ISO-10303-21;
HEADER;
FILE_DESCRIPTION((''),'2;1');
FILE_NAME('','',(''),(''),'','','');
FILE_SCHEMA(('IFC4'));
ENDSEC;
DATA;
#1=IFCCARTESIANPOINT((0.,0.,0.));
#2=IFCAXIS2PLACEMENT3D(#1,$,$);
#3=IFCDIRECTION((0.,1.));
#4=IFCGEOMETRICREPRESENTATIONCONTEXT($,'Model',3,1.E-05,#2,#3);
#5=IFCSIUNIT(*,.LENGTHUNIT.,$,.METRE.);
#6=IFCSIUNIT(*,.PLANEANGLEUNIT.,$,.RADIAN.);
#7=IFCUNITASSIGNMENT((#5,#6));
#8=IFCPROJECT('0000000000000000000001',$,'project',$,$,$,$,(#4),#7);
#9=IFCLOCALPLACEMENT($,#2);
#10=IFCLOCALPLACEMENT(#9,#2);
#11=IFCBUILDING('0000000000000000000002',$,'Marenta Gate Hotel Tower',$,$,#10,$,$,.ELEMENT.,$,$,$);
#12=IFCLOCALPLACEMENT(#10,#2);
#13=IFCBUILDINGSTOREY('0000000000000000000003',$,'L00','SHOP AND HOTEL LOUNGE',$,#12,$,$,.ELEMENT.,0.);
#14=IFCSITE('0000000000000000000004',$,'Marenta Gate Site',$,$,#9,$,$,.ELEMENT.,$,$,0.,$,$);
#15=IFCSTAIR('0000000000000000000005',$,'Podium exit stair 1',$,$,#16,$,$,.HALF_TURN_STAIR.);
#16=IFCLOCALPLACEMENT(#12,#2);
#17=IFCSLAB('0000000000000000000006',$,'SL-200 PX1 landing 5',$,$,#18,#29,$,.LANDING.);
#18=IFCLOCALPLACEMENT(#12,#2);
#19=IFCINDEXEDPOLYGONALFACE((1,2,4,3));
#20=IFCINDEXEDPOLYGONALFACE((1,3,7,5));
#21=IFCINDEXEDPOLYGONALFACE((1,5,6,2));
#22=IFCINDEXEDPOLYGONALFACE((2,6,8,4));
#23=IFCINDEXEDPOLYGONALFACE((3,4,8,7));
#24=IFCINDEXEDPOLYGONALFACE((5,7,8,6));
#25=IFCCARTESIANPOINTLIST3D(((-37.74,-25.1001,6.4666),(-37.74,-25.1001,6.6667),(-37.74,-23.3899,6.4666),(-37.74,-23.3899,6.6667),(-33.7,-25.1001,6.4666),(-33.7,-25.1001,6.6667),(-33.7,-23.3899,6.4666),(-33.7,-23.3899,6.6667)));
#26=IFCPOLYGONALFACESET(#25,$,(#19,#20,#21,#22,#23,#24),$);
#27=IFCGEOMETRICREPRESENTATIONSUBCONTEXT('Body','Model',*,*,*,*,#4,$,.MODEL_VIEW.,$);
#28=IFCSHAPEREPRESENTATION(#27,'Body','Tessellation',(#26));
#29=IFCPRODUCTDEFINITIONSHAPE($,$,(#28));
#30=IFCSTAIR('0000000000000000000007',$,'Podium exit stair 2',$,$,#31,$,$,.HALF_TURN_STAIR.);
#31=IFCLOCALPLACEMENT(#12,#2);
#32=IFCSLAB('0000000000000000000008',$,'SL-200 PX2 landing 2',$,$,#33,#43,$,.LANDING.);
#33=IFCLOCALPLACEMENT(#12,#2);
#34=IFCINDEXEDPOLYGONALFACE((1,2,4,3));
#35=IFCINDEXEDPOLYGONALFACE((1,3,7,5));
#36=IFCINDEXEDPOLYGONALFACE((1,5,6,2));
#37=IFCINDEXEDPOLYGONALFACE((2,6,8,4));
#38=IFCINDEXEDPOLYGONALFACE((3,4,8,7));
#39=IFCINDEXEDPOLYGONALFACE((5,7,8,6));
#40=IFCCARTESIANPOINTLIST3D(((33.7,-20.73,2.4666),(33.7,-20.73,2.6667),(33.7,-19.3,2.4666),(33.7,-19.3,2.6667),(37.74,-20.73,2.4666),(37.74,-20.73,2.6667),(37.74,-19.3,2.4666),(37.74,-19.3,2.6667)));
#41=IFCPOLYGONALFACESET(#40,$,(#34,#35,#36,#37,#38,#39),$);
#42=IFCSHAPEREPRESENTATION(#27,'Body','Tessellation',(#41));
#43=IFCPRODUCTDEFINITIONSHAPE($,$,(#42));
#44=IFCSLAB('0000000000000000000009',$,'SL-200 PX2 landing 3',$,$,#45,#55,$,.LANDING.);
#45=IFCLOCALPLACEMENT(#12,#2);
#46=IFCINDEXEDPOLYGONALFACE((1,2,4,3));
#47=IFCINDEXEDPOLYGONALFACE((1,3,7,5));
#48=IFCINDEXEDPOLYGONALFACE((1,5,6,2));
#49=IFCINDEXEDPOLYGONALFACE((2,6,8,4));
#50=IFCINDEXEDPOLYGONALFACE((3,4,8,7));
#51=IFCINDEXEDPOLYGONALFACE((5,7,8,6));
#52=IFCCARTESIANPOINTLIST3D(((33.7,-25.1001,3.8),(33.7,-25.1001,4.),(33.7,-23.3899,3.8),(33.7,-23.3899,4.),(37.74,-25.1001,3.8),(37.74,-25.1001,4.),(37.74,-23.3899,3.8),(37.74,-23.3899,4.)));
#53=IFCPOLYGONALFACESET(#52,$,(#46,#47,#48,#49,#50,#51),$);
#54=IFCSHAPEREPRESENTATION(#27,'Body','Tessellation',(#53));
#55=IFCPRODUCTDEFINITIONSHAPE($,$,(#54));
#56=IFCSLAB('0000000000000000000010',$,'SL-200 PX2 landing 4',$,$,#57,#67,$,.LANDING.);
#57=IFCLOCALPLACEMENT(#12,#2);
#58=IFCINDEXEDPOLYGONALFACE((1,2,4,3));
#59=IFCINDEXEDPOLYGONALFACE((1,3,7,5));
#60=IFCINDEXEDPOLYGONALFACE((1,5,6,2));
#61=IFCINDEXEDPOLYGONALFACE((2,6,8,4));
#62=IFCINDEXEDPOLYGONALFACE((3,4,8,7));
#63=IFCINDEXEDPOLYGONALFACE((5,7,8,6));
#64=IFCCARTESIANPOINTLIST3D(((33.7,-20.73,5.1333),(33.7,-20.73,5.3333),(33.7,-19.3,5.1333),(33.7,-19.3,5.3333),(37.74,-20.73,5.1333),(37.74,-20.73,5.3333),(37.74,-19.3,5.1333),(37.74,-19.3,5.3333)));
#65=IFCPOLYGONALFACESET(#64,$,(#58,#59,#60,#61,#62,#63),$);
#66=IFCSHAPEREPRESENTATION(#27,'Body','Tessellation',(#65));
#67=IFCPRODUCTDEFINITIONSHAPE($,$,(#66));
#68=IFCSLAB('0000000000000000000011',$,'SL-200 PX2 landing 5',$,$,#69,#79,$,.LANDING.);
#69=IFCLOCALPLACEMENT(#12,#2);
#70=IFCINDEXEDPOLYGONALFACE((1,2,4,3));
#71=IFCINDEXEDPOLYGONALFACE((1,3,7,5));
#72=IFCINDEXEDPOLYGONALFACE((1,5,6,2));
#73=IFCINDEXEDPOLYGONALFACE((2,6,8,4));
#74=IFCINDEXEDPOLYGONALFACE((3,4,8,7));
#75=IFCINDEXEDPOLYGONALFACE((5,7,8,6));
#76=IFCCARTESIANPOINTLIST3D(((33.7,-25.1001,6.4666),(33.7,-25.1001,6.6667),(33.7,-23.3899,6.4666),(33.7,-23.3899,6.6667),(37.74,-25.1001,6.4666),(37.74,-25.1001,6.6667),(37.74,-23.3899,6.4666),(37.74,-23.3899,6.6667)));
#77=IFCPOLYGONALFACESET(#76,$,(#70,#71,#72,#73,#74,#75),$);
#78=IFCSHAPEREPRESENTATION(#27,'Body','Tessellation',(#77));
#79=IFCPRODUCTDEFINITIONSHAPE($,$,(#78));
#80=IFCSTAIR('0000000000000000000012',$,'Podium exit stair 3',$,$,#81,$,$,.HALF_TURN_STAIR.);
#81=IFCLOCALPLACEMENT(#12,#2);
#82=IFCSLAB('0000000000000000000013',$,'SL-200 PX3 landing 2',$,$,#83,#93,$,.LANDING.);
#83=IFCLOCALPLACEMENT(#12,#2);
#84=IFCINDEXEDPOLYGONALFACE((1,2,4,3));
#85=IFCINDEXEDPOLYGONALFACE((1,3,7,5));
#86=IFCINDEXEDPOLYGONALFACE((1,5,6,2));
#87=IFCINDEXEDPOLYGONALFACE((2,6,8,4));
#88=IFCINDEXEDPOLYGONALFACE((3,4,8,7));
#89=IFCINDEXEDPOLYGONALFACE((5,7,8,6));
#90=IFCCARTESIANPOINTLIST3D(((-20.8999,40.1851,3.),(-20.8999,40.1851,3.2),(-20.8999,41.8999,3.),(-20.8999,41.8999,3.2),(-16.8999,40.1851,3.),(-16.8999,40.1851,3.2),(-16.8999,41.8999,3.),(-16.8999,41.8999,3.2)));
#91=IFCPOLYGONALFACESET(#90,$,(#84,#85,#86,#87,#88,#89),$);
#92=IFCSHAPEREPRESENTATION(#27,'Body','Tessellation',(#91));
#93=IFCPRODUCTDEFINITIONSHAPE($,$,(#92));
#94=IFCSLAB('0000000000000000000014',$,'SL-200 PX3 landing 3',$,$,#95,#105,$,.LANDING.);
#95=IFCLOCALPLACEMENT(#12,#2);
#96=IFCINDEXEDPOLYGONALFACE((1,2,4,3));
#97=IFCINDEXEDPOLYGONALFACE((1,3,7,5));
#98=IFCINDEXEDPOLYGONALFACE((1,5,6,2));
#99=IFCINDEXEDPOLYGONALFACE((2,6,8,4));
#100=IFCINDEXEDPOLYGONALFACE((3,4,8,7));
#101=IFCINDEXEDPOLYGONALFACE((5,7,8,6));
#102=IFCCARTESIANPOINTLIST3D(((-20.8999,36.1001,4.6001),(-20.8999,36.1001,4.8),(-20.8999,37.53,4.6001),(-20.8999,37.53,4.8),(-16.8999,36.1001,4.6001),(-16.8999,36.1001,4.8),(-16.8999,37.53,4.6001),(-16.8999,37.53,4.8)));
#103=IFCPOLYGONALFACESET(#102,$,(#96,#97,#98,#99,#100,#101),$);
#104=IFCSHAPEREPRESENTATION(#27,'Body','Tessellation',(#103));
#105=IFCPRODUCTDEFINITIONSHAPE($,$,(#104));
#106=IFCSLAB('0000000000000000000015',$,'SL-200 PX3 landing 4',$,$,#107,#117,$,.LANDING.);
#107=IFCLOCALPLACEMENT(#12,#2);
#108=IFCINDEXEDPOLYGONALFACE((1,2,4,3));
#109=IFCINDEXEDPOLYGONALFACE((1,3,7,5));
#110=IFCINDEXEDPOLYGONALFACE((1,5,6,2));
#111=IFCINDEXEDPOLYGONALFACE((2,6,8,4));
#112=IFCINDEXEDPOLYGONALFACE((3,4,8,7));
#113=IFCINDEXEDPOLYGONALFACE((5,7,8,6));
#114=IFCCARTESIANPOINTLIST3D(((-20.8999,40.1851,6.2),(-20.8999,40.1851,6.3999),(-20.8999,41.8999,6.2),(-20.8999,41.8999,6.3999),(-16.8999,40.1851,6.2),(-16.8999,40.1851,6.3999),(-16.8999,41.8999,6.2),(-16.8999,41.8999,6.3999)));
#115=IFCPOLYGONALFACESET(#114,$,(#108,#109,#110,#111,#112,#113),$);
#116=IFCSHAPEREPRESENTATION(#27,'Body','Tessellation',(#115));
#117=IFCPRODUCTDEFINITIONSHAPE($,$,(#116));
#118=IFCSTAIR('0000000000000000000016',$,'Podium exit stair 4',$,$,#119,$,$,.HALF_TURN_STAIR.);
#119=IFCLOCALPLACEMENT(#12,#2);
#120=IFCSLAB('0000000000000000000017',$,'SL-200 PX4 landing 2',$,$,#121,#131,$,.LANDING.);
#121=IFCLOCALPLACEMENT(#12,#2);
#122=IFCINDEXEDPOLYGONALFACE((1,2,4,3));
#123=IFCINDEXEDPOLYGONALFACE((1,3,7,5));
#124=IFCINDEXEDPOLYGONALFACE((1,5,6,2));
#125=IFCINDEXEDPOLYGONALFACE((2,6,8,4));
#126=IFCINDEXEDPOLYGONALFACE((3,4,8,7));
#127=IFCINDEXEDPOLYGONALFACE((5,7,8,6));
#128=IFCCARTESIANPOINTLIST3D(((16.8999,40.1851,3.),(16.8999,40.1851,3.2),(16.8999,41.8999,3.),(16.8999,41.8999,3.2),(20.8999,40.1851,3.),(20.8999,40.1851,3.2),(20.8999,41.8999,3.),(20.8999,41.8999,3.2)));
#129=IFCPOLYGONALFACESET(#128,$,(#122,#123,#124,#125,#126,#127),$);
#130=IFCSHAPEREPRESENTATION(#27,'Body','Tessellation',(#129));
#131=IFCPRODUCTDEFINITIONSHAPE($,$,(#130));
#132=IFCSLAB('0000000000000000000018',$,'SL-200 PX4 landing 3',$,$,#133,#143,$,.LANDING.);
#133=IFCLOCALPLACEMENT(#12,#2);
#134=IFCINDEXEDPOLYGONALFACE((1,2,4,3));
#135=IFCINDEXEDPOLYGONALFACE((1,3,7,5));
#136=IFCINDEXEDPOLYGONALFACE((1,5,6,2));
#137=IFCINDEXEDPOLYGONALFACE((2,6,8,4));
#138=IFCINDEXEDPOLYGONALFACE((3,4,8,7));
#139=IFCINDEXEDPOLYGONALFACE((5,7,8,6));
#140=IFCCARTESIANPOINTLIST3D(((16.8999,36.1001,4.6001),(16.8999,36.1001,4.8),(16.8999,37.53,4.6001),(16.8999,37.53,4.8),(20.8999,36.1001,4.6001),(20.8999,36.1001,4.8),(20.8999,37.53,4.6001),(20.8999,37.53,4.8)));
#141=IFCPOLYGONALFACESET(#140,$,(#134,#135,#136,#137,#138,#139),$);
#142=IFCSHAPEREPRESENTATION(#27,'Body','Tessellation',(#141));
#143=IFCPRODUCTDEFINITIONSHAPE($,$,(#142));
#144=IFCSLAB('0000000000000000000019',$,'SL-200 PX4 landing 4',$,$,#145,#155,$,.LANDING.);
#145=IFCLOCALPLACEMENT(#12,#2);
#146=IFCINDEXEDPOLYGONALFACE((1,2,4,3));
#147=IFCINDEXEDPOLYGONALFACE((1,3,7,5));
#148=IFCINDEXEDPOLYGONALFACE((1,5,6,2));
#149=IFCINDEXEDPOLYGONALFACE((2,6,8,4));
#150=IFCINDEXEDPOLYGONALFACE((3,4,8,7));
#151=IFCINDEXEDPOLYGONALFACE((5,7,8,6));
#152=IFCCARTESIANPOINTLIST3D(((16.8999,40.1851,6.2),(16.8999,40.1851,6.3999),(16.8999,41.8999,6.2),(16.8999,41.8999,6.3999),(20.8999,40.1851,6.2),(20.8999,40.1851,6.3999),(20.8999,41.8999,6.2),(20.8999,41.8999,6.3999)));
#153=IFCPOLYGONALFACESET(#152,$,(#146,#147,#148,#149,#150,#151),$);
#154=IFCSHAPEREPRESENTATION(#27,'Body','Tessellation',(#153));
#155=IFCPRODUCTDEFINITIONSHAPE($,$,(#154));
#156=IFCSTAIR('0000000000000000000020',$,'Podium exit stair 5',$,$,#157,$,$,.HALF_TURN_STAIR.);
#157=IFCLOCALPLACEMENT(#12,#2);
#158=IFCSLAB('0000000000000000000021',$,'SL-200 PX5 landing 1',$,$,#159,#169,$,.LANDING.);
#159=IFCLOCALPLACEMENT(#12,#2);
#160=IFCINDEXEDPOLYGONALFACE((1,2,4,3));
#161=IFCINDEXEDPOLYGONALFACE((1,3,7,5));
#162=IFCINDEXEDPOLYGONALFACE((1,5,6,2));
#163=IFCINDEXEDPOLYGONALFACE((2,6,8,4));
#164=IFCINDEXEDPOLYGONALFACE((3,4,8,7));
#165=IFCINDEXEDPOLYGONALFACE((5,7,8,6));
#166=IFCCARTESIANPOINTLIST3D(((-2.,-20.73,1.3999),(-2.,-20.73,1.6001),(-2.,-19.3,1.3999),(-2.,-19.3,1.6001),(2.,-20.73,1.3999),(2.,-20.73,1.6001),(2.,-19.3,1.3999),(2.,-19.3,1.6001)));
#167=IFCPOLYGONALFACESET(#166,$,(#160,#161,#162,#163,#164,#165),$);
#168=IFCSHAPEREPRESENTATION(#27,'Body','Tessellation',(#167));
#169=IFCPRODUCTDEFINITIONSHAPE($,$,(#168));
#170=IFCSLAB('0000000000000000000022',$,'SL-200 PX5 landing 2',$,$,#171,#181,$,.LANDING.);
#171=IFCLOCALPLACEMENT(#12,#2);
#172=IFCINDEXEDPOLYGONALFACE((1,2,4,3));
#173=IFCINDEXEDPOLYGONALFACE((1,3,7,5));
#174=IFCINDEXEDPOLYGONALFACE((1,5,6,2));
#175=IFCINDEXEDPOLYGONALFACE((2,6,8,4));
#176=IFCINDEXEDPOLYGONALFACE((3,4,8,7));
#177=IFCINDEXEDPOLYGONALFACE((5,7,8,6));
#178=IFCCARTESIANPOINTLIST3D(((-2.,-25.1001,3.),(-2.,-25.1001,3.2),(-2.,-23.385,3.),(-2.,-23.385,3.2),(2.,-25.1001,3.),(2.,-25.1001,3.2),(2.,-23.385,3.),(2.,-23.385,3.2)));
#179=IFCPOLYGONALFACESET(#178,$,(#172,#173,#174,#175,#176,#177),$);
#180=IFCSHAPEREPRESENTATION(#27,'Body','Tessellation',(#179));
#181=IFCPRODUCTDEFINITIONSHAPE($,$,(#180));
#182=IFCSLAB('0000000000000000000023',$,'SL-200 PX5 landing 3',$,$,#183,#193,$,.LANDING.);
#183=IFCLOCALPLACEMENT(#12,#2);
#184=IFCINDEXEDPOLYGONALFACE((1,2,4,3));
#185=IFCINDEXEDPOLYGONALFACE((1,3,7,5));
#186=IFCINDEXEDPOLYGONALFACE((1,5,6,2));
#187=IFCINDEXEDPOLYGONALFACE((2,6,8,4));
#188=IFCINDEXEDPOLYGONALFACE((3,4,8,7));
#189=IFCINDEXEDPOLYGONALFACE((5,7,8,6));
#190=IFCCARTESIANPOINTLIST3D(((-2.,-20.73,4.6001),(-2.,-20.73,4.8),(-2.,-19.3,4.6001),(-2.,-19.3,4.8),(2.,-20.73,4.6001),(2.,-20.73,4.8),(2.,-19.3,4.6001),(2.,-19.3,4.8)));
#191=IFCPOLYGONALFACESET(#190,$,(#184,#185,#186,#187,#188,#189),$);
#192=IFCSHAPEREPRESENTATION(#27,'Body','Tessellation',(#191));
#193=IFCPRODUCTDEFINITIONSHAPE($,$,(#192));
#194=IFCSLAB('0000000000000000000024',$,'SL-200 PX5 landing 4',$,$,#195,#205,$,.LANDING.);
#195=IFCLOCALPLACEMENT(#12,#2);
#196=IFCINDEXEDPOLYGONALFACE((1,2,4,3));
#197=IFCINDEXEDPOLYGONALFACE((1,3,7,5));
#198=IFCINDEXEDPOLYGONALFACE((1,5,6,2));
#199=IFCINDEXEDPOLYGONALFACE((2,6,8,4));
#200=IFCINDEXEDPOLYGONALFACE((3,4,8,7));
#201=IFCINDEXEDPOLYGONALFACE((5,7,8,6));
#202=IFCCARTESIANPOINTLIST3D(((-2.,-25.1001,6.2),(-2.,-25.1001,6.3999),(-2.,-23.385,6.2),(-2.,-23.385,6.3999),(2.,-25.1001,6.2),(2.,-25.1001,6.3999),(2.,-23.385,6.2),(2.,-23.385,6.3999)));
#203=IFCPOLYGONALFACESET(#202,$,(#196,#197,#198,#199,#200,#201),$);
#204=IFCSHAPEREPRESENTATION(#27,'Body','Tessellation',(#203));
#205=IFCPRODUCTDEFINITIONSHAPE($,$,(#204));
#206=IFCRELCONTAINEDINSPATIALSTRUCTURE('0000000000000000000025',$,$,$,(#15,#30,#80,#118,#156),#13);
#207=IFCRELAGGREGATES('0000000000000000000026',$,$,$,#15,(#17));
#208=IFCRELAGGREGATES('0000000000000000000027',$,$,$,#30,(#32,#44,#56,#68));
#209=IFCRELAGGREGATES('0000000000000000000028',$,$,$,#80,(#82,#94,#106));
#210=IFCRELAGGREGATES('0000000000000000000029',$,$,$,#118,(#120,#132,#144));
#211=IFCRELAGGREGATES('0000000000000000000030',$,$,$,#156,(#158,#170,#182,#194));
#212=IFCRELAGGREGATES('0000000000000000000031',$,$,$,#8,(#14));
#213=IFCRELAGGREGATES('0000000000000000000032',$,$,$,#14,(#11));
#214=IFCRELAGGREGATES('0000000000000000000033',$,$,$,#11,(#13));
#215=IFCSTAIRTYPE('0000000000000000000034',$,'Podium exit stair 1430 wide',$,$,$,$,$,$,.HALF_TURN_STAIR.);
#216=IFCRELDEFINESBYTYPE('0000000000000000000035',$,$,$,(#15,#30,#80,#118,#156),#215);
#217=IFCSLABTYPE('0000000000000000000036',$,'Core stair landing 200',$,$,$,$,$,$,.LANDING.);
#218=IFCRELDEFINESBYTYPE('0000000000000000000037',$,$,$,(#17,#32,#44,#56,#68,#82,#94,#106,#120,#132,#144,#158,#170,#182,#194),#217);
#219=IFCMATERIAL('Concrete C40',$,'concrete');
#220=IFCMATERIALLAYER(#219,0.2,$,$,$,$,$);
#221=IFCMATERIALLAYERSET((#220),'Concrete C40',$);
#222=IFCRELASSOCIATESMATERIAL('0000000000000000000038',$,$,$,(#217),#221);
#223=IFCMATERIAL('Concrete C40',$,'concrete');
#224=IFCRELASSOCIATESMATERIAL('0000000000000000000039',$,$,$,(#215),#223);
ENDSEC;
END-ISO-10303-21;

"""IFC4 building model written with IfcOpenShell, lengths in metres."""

from ifc_helpers import new_model, si_unit, direction, frame, origin, place, context, subcontext, project, spatial, polyline, outline, extrude, material, layer, layer_set, type_object, element, aggregate, save


model = new_model("IFC4")

# Units and contexts
model_context = context("Model", 3, precision=1e-05, world=origin(), true_north=direction((0.0, 1.0)))
body_context = subcontext(model_context, "Body", "Model", "MODEL_VIEW")
ifc_project = project(units=[si_unit("LENGTHUNIT", "METRE"), si_unit("PLANEANGLEUNIT", "RADIAN")], contexts=[model_context])

# Site, building, storey
site_placement = place(None, origin())
site = spatial("IfcSite", under=ifc_project, at=site_placement, Name="Marenta Gate Site", CompositionType="ELEMENT", RefElevation=0.0)
building_placement = place(site_placement, origin())
building = spatial("IfcBuilding", under=site, at=building_placement, Name="Marenta Gate Hotel Tower", CompositionType="ELEMENT")
storey_placement = place(building_placement, origin())
storey = spatial("IfcBuildingStorey", under=building, at=storey_placement, Name="L00", Description="SHOP AND HOTEL LOUNGE", CompositionType="ELEMENT", Elevation=0.0)

# Stairs, slabs
ifc_material_1 = material(Name="Concrete C40", Category="concrete")
ifc_layer = layer(ifc_material_1, 0.2)
ifc_layer_set = layer_set([ifc_layer], Name="Concrete C40")
slab_type = type_object("IfcSlabType", Name="Core stair landing 200", PredefinedType="LANDING", material=ifc_layer_set)
ifc_material_2 = material(Name="Concrete C40", Category="concrete")
stair_type_1 = type_object("IfcStairType", Name="Podium exit stair 1430 wide", PredefinedType="HALF_TURN_STAIR", material=ifc_material_2)
stair_1_placement = place(storey_placement, origin())
stair_1 = element("IfcStair", 1, at=stair_1_placement, inside=storey, type_object=stair_type_1, Name="Podium exit stair 1", PredefinedType="HALF_TURN_STAIR")
slab_1_placement = place(storey_placement, frame((0.0, 0.0, 6.4666)))
slab_1 = element("IfcSlab", 2, at=slab_1_placement, type_object=slab_type, Name="SL-200 PX1 landing 5", PredefinedType="LANDING", context=body_context, shape_type="SweptSolid", body=[
    extrude(outline(polyline([(-37.74, -25.1001), (-33.7, -25.1001), (-33.7, -23.3899), (-37.74, -23.3899), (-37.74, -25.1001)])), origin(), (0.0, 0.0, 1.0), 0.2002),
])
aggregate(stair_1, [slab_1])
stair_2_placement = place(storey_placement, origin())
stair_2 = element("IfcStair", 3, at=stair_2_placement, inside=storey, type_object=stair_type_1, Name="Podium exit stair 2", PredefinedType="HALF_TURN_STAIR")
slab_2_placement = place(storey_placement, frame((0.0, 0.0, 2.4666)))
slab_2 = element("IfcSlab", 4, at=slab_2_placement, type_object=slab_type, Name="SL-200 PX2 landing 2", PredefinedType="LANDING", context=body_context, shape_type="SweptSolid", body=[
    extrude(outline(polyline([(33.7, -20.73), (37.74, -20.73), (37.74, -19.3), (33.7, -19.3), (33.7, -20.73)])), origin(), (0.0, 0.0, 1.0), 0.2002),
])
slab_3_placement = place(storey_placement, frame((0.0, 0.0, 3.8)))
slab_3 = element("IfcSlab", 5, at=slab_3_placement, type_object=slab_type, Name="SL-200 PX2 landing 3", PredefinedType="LANDING", context=body_context, shape_type="SweptSolid", body=[
    extrude(outline(polyline([(33.7, -25.1001), (37.74, -25.1001), (37.74, -23.3899), (33.7, -23.3899), (33.7, -25.1001)])), origin(), (0.0, 0.0, 1.0), 0.2),
])
slab_4_placement = place(storey_placement, frame((0.0, 0.0, 5.1333)))
slab_4 = element("IfcSlab", 6, at=slab_4_placement, type_object=slab_type, Name="SL-200 PX2 landing 4", PredefinedType="LANDING", context=body_context, shape_type="SweptSolid", body=[
    extrude(outline(polyline([(33.7, -20.73), (37.74, -20.73), (37.74, -19.3), (33.7, -19.3), (33.7, -20.73)])), origin(), (0.0, 0.0, 1.0), 0.2),
])
slab_5_placement = place(storey_placement, frame((0.0, 0.0, 6.4666)))
slab_5 = element("IfcSlab", 7, at=slab_5_placement, type_object=slab_type, Name="SL-200 PX2 landing 5", PredefinedType="LANDING", context=body_context, shape_type="SweptSolid", body=[
    extrude(outline(polyline([(33.7, -25.1001), (37.74, -25.1001), (37.74, -23.3899), (33.7, -23.3899), (33.7, -25.1001)])), origin(), (0.0, 0.0, 1.0), 0.2002),
])
aggregate(stair_2, [slab_2, slab_3, slab_4, slab_5])
stair_3_placement = place(storey_placement, origin())
stair_3 = element("IfcStair", 8, at=stair_3_placement, inside=storey, type_object=stair_type_1, Name="Podium exit stair 3", PredefinedType="HALF_TURN_STAIR")
slab_6_placement = place(storey_placement, frame((0.0, 0.0, 3.0)))
slab_6 = element("IfcSlab", 9, at=slab_6_placement, type_object=slab_type, Name="SL-200 PX3 landing 2", PredefinedType="LANDING", context=body_context, shape_type="SweptSolid", body=[
    extrude(outline(polyline([(-20.8999, 40.1851), (-16.8999, 40.1851), (-16.8999, 41.8999), (-20.8999, 41.8999), (-20.8999, 40.1851)])), origin(), (0.0, 0.0, 1.0), 0.2),
])
slab_7_placement = place(storey_placement, frame((0.0, 0.0, 4.6001)))
slab_7 = element("IfcSlab", 10, at=slab_7_placement, type_object=slab_type, Name="SL-200 PX3 landing 3", PredefinedType="LANDING", context=body_context, shape_type="SweptSolid", body=[
    extrude(outline(polyline([(-20.8999, 36.1001), (-16.8999, 36.1001), (-16.8999, 37.53), (-20.8999, 37.53), (-20.8999, 36.1001)])), origin(), (0.0, 0.0, 1.0), 0.2),
])
slab_8_placement = place(storey_placement, frame((0.0, 0.0, 6.2)))
slab_8 = element("IfcSlab", 11, at=slab_8_placement, type_object=slab_type, Name="SL-200 PX3 landing 4", PredefinedType="LANDING", context=body_context, shape_type="SweptSolid", body=[
    extrude(outline(polyline([(-20.8999, 40.1851), (-16.8999, 40.1851), (-16.8999, 41.8999), (-20.8999, 41.8999), (-20.8999, 40.1851)])), origin(), (0.0, 0.0, 1.0), 0.2),
])
aggregate(stair_3, [slab_6, slab_7, slab_8])
stair_4_placement = place(storey_placement, origin())
stair_4 = element("IfcStair", 12, at=stair_4_placement, inside=storey, type_object=stair_type_1, Name="Podium exit stair 4", PredefinedType="HALF_TURN_STAIR")
slab_9_placement = place(storey_placement, frame((0.0, 0.0, 3.0)))
slab_9 = element("IfcSlab", 13, at=slab_9_placement, type_object=slab_type, Name="SL-200 PX4 landing 2", PredefinedType="LANDING", context=body_context, shape_type="SweptSolid", body=[
    extrude(outline(polyline([(16.8999, 40.1851), (20.8999, 40.1851), (20.8999, 41.8999), (16.8999, 41.8999), (16.8999, 40.1851)])), origin(), (0.0, 0.0, 1.0), 0.2),
])
slab_10_placement = place(storey_placement, frame((0.0, 0.0, 4.6001)))
slab_10 = element("IfcSlab", 14, at=slab_10_placement, type_object=slab_type, Name="SL-200 PX4 landing 3", PredefinedType="LANDING", context=body_context, shape_type="SweptSolid", body=[
    extrude(outline(polyline([(16.8999, 36.1001), (20.8999, 36.1001), (20.8999, 37.53), (16.8999, 37.53), (16.8999, 36.1001)])), origin(), (0.0, 0.0, 1.0), 0.2),
])
slab_11_placement = place(storey_placement, frame((0.0, 0.0, 6.2)))
slab_11 = element("IfcSlab", 15, at=slab_11_placement, type_object=slab_type, Name="SL-200 PX4 landing 4", PredefinedType="LANDING", context=body_context, shape_type="SweptSolid", body=[
    extrude(outline(polyline([(16.8999, 40.1851), (20.8999, 40.1851), (20.8999, 41.8999), (16.8999, 41.8999), (16.8999, 40.1851)])), origin(), (0.0, 0.0, 1.0), 0.2),
])
aggregate(stair_4, [slab_9, slab_10, slab_11])
stair_5_placement = place(storey_placement, origin())
stair_5 = element("IfcStair", 16, at=stair_5_placement, inside=storey, type_object=stair_type_1, Name="Podium exit stair 5", PredefinedType="HALF_TURN_STAIR")
slab_12_placement = place(storey_placement, frame((0.0, 0.0, 1.3999)))
slab_12 = element("IfcSlab", 17, at=slab_12_placement, type_object=slab_type, Name="SL-200 PX5 landing 1", PredefinedType="LANDING", context=body_context, shape_type="SweptSolid", body=[
    extrude(outline(polyline([(-2.0, -20.73), (2.0, -20.73), (2.0, -19.3), (-2.0, -19.3), (-2.0, -20.73)])), origin(), (0.0, 0.0, 1.0), 0.2002),
])
slab_13_placement = place(storey_placement, frame((0.0, 0.0, 3.0)))
slab_13 = element("IfcSlab", 18, at=slab_13_placement, type_object=slab_type, Name="SL-200 PX5 landing 2", PredefinedType="LANDING", context=body_context, shape_type="SweptSolid", body=[
    extrude(outline(polyline([(-2.0, -25.1001), (2.0, -25.1001), (2.0, -23.385), (-2.0, -23.385), (-2.0, -25.1001)])), origin(), (0.0, 0.0, 1.0), 0.2),
])
slab_14_placement = place(storey_placement, frame((0.0, 0.0, 4.6001)))
slab_14 = element("IfcSlab", 19, at=slab_14_placement, type_object=slab_type, Name="SL-200 PX5 landing 3", PredefinedType="LANDING", context=body_context, shape_type="SweptSolid", body=[
    extrude(outline(polyline([(-2.0, -20.73), (2.0, -20.73), (2.0, -19.3), (-2.0, -19.3), (-2.0, -20.73)])), origin(), (0.0, 0.0, 1.0), 0.2),
])
slab_15_placement = place(storey_placement, frame((0.0, 0.0, 6.2)))
slab_15 = element("IfcSlab", 20, at=slab_15_placement, type_object=slab_type, Name="SL-200 PX5 landing 4", PredefinedType="LANDING", context=body_context, shape_type="SweptSolid", body=[
    extrude(outline(polyline([(-2.0, -25.1001), (2.0, -25.1001), (2.0, -23.385), (-2.0, -23.385), (-2.0, -25.1001)])), origin(), (0.0, 0.0, 1.0), 0.2),
])
aggregate(stair_5, [slab_12, slab_13, slab_14, slab_15])

save(model, "model.ifc")
